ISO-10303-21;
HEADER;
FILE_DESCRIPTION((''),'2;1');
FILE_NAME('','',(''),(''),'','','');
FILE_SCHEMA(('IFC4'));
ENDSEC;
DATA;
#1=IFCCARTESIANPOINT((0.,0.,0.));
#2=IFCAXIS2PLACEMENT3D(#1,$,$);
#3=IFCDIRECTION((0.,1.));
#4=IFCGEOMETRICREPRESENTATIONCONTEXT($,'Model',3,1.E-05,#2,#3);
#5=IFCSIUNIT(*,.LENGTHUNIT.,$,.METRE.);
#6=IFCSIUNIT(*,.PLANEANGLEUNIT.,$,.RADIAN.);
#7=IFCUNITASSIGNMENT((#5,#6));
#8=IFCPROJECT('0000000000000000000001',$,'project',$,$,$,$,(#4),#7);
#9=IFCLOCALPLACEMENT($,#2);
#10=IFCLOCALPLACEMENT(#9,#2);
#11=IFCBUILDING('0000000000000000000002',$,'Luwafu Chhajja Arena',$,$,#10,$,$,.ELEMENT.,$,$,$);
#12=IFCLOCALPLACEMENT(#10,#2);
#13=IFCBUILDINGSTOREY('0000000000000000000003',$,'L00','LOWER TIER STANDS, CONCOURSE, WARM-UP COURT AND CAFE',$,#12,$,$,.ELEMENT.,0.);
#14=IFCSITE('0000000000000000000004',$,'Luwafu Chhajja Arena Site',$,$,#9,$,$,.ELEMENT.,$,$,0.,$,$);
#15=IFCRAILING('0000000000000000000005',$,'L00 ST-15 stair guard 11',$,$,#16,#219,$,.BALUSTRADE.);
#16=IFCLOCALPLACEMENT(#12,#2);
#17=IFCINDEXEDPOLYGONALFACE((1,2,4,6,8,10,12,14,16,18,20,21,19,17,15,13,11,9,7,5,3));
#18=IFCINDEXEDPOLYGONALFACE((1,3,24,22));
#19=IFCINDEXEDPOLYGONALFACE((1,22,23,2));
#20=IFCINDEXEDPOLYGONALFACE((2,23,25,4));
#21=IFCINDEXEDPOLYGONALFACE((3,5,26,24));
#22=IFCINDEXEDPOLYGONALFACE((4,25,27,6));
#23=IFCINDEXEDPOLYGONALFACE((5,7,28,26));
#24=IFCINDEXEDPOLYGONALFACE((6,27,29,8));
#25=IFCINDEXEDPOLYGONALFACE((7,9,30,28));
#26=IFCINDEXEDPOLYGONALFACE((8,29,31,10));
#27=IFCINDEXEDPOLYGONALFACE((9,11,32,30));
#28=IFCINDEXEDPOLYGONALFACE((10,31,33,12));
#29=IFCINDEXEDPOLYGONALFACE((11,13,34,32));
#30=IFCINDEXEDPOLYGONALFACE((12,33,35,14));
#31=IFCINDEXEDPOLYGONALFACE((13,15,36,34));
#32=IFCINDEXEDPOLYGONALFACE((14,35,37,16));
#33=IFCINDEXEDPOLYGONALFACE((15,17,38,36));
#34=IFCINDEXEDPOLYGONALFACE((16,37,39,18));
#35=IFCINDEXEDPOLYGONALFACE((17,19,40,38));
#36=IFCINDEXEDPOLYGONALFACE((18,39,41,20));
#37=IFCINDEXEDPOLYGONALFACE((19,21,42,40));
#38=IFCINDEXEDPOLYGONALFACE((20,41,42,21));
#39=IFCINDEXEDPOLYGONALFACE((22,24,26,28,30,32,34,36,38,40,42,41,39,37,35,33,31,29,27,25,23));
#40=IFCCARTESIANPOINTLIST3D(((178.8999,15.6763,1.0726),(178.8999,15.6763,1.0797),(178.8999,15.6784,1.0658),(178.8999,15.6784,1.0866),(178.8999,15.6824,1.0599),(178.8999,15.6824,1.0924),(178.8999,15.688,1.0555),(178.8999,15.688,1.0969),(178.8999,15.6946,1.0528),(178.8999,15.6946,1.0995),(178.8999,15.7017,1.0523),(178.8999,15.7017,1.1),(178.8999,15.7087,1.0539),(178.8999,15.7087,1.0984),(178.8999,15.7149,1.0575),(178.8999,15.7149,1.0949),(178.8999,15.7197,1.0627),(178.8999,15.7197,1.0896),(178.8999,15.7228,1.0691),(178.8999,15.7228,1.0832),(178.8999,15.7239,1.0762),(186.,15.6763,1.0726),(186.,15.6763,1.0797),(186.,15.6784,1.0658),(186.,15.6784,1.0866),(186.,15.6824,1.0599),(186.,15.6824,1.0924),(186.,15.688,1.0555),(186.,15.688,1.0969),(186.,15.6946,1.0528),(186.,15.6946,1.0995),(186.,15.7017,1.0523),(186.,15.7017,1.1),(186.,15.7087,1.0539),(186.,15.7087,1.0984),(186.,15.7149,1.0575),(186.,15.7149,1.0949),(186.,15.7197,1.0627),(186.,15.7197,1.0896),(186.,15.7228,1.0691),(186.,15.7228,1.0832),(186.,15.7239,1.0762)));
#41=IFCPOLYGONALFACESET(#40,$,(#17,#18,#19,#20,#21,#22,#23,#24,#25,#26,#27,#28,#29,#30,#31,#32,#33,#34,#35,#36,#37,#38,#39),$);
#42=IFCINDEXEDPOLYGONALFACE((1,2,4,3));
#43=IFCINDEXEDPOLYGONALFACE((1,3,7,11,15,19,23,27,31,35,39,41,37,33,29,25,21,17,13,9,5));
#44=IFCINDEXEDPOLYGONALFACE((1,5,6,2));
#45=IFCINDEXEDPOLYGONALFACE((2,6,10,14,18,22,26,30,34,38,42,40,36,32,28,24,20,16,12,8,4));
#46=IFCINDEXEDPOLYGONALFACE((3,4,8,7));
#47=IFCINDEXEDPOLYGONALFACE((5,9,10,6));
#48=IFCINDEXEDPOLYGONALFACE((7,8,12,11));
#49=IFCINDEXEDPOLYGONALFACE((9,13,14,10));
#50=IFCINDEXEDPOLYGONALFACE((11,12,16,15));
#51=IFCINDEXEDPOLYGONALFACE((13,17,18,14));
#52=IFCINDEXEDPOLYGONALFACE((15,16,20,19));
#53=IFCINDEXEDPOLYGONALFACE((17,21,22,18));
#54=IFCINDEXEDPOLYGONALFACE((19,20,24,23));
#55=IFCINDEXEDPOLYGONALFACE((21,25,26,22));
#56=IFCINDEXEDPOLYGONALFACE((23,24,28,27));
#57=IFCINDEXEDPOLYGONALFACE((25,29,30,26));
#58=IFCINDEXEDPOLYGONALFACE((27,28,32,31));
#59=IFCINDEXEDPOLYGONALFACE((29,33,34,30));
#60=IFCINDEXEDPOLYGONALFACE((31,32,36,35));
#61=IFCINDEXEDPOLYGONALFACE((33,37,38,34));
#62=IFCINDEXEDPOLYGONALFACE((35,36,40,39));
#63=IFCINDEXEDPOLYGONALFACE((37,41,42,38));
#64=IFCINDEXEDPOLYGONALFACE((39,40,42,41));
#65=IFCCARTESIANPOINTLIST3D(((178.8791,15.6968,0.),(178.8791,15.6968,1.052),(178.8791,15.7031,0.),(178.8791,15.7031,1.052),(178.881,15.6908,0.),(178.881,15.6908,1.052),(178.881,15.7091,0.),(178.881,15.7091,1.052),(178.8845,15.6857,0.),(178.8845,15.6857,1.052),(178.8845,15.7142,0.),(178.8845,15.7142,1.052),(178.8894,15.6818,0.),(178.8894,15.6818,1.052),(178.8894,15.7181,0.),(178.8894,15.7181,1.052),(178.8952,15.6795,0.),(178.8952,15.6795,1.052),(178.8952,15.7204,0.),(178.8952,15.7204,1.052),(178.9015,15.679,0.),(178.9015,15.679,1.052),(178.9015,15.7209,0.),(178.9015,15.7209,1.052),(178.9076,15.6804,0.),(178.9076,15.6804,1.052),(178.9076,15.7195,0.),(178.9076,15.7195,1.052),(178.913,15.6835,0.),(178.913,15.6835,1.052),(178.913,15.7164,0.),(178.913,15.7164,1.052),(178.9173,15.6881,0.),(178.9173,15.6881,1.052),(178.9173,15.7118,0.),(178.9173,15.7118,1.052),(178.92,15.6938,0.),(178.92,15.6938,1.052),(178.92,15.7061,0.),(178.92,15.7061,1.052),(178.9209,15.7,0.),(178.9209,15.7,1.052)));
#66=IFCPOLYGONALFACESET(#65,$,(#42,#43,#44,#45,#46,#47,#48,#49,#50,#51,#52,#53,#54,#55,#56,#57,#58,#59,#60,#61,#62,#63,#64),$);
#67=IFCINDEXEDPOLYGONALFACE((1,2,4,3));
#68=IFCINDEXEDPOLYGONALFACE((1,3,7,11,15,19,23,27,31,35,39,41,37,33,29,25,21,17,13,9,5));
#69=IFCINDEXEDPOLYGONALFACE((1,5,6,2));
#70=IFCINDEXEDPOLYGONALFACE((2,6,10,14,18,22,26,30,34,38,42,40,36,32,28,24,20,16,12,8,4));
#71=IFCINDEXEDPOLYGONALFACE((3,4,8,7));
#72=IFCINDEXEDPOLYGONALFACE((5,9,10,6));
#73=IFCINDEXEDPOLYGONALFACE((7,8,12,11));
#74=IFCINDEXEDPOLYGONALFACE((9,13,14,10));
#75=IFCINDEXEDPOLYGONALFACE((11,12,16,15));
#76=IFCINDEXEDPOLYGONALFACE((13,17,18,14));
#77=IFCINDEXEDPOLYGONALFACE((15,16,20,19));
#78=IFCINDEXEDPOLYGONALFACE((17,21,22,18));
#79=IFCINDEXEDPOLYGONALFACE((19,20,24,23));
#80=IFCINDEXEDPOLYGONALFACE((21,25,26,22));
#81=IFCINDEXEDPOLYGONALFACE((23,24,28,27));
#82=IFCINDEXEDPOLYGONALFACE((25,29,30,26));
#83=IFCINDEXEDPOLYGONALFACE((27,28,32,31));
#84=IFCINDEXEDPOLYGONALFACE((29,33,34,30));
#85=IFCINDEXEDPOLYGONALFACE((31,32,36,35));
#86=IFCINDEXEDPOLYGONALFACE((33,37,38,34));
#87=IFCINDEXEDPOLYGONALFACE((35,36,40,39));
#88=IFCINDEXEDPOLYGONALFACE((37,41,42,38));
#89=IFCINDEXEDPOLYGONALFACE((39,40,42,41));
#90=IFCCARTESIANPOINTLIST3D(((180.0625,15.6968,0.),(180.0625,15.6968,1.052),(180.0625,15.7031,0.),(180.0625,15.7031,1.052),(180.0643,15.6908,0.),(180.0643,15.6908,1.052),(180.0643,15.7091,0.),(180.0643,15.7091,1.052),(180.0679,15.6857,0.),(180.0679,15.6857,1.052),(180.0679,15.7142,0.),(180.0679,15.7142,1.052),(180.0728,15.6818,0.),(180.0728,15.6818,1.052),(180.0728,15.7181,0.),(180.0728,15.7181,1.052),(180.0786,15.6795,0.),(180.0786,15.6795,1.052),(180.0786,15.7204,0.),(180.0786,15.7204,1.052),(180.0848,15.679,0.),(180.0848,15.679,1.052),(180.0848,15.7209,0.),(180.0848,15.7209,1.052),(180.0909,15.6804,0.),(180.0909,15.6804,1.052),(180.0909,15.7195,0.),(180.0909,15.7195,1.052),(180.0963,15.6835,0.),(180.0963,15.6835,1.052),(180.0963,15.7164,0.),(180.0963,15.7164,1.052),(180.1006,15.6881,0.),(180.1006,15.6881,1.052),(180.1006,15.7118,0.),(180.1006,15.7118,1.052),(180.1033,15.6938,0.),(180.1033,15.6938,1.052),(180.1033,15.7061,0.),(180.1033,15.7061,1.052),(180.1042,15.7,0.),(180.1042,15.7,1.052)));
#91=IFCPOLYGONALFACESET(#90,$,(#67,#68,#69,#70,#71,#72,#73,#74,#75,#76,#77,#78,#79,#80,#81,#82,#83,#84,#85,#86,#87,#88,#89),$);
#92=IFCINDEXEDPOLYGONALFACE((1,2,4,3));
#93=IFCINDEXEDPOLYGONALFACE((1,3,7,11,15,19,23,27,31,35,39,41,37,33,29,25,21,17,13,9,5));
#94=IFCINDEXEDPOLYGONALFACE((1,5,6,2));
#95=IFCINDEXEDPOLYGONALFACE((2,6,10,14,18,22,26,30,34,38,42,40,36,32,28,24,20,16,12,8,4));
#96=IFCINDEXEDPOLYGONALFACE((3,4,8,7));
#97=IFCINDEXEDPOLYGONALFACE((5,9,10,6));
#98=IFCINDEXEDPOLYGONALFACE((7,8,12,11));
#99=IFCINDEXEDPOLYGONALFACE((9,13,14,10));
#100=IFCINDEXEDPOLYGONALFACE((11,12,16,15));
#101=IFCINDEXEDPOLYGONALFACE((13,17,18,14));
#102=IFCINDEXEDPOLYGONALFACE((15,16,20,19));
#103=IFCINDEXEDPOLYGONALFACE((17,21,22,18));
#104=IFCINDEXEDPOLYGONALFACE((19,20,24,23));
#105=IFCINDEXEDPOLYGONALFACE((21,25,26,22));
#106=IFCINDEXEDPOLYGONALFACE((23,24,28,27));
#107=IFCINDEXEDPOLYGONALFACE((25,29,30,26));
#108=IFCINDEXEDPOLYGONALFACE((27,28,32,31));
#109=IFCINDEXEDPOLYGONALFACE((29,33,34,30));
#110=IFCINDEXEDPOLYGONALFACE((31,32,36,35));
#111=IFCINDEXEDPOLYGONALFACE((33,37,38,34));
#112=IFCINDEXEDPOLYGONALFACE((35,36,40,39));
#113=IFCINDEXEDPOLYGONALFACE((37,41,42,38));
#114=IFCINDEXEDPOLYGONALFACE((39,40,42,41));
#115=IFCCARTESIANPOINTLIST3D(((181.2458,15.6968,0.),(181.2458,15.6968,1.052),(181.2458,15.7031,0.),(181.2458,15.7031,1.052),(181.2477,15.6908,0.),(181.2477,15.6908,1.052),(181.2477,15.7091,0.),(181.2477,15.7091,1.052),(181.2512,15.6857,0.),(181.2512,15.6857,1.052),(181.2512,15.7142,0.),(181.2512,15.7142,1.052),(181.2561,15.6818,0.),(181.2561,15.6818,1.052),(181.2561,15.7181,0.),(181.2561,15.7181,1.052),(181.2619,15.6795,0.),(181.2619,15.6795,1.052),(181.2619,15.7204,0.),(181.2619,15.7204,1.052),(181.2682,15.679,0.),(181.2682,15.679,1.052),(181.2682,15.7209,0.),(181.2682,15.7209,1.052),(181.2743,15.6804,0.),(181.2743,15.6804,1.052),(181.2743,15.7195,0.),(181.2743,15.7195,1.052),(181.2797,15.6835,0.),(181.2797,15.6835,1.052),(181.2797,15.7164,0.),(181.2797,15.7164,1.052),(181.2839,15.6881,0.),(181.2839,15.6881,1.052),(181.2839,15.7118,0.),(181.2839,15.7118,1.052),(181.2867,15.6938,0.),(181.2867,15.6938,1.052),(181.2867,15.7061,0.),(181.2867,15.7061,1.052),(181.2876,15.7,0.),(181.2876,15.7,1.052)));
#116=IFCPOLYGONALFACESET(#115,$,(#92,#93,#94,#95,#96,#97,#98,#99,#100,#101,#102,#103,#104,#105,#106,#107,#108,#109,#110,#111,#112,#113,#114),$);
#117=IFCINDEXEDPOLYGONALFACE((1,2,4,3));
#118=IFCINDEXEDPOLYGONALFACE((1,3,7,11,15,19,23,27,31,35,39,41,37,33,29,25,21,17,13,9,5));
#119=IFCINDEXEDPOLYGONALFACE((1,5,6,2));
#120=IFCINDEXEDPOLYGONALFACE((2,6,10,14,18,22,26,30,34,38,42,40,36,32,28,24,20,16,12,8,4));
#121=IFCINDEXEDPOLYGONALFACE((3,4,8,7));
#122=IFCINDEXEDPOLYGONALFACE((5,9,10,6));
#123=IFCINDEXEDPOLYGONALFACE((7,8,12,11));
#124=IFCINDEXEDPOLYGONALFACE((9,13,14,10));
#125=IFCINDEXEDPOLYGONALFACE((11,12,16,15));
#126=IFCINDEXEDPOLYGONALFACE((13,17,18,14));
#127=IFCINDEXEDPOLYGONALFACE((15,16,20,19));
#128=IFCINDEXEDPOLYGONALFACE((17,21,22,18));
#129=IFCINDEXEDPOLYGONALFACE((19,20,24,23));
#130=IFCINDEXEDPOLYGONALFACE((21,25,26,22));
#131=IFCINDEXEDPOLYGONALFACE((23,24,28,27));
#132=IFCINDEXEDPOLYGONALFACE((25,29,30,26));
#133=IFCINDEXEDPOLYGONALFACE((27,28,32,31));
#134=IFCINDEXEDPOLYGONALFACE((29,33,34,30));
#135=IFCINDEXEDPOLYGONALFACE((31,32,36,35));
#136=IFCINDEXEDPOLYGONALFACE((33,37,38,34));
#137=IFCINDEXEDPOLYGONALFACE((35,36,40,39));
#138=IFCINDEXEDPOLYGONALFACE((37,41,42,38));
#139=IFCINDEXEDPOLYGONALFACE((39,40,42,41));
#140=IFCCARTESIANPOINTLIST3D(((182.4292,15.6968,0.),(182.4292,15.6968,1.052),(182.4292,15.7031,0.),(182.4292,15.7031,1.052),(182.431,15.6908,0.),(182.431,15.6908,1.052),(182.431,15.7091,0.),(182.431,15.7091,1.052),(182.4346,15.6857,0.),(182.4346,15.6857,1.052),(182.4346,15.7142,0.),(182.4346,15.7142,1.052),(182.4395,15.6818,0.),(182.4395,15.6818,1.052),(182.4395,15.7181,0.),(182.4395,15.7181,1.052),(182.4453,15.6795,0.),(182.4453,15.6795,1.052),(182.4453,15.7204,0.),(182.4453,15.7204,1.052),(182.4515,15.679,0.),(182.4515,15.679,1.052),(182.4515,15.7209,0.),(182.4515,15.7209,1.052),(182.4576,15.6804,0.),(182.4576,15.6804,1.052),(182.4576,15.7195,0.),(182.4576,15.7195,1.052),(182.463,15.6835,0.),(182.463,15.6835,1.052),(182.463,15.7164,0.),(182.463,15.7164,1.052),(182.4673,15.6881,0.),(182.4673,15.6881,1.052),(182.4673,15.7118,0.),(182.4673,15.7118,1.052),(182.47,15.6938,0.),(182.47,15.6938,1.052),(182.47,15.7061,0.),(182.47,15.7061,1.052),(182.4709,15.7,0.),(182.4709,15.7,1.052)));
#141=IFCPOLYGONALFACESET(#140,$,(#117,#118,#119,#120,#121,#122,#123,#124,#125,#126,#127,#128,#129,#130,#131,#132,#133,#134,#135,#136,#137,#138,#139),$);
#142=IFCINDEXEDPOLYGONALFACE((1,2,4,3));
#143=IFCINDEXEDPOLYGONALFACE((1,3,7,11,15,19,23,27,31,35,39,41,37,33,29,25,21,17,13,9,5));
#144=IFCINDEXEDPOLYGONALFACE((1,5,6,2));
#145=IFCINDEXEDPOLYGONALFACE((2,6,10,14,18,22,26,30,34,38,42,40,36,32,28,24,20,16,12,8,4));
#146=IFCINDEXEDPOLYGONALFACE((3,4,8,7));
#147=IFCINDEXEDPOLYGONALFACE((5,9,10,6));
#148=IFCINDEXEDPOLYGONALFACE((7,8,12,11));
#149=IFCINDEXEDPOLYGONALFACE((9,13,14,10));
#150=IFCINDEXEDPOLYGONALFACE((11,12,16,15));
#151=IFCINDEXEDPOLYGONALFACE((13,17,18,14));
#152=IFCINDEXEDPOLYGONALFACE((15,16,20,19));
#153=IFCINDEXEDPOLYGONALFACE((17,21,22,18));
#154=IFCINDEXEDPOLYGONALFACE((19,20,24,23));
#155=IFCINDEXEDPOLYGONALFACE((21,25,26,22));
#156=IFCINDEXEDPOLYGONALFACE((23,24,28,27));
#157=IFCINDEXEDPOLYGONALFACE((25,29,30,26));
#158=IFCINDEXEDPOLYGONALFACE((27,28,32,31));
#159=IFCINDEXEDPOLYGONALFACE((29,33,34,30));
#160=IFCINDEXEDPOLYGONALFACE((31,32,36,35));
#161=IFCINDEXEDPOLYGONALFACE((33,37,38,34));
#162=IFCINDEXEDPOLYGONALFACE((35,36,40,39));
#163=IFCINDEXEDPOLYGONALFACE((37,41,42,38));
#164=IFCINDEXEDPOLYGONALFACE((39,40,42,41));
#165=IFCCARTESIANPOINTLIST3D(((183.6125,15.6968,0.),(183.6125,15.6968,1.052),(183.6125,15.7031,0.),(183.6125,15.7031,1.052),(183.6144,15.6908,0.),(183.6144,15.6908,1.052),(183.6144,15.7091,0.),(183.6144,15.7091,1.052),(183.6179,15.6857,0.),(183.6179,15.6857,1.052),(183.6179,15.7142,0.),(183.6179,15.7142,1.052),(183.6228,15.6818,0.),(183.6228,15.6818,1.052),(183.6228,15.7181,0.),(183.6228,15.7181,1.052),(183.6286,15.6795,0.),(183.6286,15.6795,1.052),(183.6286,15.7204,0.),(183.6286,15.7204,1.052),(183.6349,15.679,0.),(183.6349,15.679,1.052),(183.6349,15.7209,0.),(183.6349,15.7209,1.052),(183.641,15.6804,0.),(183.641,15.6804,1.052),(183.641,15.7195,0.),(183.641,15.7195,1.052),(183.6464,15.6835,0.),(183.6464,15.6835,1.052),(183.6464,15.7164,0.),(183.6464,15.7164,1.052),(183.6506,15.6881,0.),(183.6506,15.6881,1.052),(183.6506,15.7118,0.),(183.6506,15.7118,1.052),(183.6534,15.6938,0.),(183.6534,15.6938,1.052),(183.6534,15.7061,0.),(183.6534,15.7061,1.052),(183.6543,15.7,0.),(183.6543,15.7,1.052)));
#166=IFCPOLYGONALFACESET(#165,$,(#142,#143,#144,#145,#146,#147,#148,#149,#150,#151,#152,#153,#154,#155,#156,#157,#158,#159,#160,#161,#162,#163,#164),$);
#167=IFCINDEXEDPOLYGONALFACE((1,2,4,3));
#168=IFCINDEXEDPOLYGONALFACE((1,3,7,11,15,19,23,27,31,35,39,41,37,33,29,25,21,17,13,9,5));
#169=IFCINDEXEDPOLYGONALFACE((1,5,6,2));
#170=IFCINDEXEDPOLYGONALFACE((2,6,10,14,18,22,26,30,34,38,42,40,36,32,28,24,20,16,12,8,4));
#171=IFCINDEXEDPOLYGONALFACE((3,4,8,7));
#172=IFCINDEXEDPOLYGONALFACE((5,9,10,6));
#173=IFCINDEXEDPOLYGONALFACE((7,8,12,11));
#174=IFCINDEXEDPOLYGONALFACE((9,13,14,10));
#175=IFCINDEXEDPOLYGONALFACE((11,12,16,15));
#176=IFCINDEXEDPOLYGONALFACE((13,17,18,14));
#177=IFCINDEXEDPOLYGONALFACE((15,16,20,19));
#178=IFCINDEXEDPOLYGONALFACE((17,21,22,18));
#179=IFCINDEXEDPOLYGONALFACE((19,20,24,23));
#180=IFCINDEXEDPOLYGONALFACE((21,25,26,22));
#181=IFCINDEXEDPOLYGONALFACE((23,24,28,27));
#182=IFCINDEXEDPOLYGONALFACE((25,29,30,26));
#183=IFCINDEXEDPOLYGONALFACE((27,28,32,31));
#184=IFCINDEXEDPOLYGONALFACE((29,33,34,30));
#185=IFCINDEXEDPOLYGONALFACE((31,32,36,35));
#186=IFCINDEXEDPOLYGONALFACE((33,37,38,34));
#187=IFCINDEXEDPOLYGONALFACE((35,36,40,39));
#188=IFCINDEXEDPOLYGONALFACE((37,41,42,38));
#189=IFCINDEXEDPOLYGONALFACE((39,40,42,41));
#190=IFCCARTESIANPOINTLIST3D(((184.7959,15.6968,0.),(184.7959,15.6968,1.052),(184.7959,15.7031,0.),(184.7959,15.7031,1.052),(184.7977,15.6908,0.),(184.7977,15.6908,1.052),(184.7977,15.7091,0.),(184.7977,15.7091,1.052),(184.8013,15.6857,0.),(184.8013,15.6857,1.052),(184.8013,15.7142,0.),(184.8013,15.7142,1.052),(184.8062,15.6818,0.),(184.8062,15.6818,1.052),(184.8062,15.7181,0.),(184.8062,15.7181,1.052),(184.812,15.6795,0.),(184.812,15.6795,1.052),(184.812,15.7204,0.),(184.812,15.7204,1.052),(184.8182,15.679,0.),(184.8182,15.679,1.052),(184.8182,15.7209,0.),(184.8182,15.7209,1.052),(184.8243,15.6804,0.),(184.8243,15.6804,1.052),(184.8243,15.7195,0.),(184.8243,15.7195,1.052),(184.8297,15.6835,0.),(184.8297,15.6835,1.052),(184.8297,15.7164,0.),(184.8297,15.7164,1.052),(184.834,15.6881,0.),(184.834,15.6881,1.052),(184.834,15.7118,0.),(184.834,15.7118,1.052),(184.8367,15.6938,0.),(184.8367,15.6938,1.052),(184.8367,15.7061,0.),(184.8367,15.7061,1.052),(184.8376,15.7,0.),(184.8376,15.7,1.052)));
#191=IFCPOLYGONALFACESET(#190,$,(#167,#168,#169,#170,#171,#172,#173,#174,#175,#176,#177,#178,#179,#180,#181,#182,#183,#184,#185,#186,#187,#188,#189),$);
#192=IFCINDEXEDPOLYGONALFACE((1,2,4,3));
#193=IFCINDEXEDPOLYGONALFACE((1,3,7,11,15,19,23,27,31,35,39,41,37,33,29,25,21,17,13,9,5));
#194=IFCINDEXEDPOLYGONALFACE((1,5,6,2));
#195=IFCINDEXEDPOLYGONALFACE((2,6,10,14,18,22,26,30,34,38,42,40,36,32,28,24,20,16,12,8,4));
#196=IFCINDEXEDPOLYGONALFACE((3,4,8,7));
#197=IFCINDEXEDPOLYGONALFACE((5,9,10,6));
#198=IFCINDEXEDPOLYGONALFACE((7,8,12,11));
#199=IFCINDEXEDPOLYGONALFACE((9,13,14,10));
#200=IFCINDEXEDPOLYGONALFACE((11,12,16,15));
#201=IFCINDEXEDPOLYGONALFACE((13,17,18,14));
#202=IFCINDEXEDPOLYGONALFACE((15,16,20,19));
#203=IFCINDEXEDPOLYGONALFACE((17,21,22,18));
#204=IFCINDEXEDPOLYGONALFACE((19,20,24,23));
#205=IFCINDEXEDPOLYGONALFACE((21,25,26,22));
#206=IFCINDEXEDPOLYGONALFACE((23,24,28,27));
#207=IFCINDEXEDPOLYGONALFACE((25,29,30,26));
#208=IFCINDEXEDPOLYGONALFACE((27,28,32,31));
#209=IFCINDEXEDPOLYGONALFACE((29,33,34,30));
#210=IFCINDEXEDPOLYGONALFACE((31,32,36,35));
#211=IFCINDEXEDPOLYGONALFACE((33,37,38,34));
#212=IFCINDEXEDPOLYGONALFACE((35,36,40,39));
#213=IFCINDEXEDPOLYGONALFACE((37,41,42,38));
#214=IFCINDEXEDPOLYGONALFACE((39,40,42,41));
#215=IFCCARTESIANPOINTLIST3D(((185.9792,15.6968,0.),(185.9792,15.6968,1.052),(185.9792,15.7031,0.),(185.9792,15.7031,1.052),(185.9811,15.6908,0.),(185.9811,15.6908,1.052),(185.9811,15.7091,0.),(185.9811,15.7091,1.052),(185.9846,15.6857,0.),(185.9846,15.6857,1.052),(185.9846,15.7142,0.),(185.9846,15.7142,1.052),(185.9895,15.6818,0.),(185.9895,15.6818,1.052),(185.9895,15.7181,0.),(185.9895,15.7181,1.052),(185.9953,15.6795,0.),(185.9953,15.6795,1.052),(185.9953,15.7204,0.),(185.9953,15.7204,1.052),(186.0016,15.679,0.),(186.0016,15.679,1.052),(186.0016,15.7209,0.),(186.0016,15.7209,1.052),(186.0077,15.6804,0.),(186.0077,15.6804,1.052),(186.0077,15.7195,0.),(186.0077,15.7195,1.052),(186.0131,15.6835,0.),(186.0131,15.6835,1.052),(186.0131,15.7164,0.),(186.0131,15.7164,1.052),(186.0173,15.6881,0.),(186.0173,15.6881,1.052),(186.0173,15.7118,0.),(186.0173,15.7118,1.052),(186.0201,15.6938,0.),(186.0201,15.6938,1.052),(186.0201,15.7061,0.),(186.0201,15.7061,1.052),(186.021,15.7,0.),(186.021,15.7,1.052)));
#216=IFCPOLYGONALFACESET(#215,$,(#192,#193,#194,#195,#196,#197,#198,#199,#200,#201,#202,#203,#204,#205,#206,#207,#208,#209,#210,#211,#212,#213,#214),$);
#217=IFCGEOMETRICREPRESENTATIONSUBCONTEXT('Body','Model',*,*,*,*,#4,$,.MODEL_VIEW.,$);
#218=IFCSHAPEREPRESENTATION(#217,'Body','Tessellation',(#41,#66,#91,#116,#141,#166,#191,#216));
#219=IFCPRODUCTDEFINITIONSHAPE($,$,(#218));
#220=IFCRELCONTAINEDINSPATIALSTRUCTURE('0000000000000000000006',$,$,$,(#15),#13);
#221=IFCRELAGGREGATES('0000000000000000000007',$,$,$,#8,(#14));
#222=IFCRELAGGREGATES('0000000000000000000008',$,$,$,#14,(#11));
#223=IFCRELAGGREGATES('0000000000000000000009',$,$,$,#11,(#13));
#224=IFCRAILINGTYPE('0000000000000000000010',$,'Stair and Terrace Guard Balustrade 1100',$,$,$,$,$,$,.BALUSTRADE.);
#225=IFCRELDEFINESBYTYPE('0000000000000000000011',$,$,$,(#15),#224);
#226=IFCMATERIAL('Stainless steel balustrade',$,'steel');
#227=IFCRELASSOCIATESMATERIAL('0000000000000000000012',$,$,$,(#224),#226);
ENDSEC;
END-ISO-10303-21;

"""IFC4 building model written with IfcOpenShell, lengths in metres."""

from ifc_helpers import new_model, si_unit, direction, frame, origin, origin_2d, place, context, subcontext, project, spatial, circle, extrude, material, type_object, element, save


model = new_model("IFC4")

# Units and contexts
model_context = context("Model", 3, precision=1e-05, world=origin(), true_north=direction((0.0, 1.0)))
body_context = subcontext(model_context, "Body", "Model", "MODEL_VIEW")
ifc_project = project(units=[si_unit("LENGTHUNIT", "METRE"), si_unit("PLANEANGLEUNIT", "RADIAN")], contexts=[model_context])

# Site, building, storey
site_placement = place(None, origin())
site = spatial("IfcSite", under=ifc_project, at=site_placement, Name="Luwafu Chhajja Arena Site", CompositionType="ELEMENT", RefElevation=0.0)
building_placement = place(site_placement, origin())
building = spatial("IfcBuilding", under=site, at=building_placement, Name="Luwafu Chhajja Arena", CompositionType="ELEMENT")
storey_placement = place(building_placement, origin())
storey = spatial("IfcBuildingStorey", under=building, at=storey_placement, Name="L00", Description="LOWER TIER STANDS, CONCOURSE, WARM-UP COURT AND CAFE", CompositionType="ELEMENT", Elevation=0.0)

# Railing
ifc_material_1 = material(Name="Stainless steel balustrade", Category="steel")
railing_type_1 = type_object("IfcRailingType", Name="Stair and Terrace Guard Balustrade 1100", PredefinedType="BALUSTRADE", material=ifc_material_1)
for number, where, name in (
    (1, (178.8999, 15.7, 0.0), "L00 ST-15 stair guard 11"),
):
    element("IfcRailing", number, at=place(storey_placement, frame(where)), inside=storey, type_object=railing_type_1, Name=name, PredefinedType="BALUSTRADE", context=body_context, shape_type="SweptSolid", body=[
        extrude(circle(Radius=0.0239, at=origin_2d()), frame((0.0, 0.0, 1.0762), z_axis=(1.0, 0.0, 0.0), x_axis=(0.0, 1.0, 0.0)), (0.0, 0.0, 1.0), 7.1001),
        extrude(circle(Radius=0.021, at=origin_2d()), origin(), (0.0, 0.0, 1.0), 1.052),
        extrude(circle(Radius=0.021, at=origin_2d()), frame((1.1833, 0.0, 0.0)), (0.0, 0.0, 1.0), 1.052),
        extrude(circle(Radius=0.021, at=origin_2d()), frame((2.3667, 0.0, 0.0)), (0.0, 0.0, 1.0), 1.052),
        extrude(circle(Radius=0.021, at=origin_2d()), frame((3.55, 0.0, 0.0)), (0.0, 0.0, 1.0), 1.052),
        extrude(circle(Radius=0.021, at=origin_2d()), frame((4.7334, 0.0, 0.0)), (0.0, 0.0, 1.0), 1.052),
        extrude(circle(Radius=0.021, at=origin_2d()), frame((5.9167, 0.0, 0.0)), (0.0, 0.0, 1.0), 1.052),
        extrude(circle(Radius=0.021, at=origin_2d()), frame((7.1001, 0.0, 0.0)), (0.0, 0.0, 1.0), 1.052),
    ])

save(model, "model.ifc")
